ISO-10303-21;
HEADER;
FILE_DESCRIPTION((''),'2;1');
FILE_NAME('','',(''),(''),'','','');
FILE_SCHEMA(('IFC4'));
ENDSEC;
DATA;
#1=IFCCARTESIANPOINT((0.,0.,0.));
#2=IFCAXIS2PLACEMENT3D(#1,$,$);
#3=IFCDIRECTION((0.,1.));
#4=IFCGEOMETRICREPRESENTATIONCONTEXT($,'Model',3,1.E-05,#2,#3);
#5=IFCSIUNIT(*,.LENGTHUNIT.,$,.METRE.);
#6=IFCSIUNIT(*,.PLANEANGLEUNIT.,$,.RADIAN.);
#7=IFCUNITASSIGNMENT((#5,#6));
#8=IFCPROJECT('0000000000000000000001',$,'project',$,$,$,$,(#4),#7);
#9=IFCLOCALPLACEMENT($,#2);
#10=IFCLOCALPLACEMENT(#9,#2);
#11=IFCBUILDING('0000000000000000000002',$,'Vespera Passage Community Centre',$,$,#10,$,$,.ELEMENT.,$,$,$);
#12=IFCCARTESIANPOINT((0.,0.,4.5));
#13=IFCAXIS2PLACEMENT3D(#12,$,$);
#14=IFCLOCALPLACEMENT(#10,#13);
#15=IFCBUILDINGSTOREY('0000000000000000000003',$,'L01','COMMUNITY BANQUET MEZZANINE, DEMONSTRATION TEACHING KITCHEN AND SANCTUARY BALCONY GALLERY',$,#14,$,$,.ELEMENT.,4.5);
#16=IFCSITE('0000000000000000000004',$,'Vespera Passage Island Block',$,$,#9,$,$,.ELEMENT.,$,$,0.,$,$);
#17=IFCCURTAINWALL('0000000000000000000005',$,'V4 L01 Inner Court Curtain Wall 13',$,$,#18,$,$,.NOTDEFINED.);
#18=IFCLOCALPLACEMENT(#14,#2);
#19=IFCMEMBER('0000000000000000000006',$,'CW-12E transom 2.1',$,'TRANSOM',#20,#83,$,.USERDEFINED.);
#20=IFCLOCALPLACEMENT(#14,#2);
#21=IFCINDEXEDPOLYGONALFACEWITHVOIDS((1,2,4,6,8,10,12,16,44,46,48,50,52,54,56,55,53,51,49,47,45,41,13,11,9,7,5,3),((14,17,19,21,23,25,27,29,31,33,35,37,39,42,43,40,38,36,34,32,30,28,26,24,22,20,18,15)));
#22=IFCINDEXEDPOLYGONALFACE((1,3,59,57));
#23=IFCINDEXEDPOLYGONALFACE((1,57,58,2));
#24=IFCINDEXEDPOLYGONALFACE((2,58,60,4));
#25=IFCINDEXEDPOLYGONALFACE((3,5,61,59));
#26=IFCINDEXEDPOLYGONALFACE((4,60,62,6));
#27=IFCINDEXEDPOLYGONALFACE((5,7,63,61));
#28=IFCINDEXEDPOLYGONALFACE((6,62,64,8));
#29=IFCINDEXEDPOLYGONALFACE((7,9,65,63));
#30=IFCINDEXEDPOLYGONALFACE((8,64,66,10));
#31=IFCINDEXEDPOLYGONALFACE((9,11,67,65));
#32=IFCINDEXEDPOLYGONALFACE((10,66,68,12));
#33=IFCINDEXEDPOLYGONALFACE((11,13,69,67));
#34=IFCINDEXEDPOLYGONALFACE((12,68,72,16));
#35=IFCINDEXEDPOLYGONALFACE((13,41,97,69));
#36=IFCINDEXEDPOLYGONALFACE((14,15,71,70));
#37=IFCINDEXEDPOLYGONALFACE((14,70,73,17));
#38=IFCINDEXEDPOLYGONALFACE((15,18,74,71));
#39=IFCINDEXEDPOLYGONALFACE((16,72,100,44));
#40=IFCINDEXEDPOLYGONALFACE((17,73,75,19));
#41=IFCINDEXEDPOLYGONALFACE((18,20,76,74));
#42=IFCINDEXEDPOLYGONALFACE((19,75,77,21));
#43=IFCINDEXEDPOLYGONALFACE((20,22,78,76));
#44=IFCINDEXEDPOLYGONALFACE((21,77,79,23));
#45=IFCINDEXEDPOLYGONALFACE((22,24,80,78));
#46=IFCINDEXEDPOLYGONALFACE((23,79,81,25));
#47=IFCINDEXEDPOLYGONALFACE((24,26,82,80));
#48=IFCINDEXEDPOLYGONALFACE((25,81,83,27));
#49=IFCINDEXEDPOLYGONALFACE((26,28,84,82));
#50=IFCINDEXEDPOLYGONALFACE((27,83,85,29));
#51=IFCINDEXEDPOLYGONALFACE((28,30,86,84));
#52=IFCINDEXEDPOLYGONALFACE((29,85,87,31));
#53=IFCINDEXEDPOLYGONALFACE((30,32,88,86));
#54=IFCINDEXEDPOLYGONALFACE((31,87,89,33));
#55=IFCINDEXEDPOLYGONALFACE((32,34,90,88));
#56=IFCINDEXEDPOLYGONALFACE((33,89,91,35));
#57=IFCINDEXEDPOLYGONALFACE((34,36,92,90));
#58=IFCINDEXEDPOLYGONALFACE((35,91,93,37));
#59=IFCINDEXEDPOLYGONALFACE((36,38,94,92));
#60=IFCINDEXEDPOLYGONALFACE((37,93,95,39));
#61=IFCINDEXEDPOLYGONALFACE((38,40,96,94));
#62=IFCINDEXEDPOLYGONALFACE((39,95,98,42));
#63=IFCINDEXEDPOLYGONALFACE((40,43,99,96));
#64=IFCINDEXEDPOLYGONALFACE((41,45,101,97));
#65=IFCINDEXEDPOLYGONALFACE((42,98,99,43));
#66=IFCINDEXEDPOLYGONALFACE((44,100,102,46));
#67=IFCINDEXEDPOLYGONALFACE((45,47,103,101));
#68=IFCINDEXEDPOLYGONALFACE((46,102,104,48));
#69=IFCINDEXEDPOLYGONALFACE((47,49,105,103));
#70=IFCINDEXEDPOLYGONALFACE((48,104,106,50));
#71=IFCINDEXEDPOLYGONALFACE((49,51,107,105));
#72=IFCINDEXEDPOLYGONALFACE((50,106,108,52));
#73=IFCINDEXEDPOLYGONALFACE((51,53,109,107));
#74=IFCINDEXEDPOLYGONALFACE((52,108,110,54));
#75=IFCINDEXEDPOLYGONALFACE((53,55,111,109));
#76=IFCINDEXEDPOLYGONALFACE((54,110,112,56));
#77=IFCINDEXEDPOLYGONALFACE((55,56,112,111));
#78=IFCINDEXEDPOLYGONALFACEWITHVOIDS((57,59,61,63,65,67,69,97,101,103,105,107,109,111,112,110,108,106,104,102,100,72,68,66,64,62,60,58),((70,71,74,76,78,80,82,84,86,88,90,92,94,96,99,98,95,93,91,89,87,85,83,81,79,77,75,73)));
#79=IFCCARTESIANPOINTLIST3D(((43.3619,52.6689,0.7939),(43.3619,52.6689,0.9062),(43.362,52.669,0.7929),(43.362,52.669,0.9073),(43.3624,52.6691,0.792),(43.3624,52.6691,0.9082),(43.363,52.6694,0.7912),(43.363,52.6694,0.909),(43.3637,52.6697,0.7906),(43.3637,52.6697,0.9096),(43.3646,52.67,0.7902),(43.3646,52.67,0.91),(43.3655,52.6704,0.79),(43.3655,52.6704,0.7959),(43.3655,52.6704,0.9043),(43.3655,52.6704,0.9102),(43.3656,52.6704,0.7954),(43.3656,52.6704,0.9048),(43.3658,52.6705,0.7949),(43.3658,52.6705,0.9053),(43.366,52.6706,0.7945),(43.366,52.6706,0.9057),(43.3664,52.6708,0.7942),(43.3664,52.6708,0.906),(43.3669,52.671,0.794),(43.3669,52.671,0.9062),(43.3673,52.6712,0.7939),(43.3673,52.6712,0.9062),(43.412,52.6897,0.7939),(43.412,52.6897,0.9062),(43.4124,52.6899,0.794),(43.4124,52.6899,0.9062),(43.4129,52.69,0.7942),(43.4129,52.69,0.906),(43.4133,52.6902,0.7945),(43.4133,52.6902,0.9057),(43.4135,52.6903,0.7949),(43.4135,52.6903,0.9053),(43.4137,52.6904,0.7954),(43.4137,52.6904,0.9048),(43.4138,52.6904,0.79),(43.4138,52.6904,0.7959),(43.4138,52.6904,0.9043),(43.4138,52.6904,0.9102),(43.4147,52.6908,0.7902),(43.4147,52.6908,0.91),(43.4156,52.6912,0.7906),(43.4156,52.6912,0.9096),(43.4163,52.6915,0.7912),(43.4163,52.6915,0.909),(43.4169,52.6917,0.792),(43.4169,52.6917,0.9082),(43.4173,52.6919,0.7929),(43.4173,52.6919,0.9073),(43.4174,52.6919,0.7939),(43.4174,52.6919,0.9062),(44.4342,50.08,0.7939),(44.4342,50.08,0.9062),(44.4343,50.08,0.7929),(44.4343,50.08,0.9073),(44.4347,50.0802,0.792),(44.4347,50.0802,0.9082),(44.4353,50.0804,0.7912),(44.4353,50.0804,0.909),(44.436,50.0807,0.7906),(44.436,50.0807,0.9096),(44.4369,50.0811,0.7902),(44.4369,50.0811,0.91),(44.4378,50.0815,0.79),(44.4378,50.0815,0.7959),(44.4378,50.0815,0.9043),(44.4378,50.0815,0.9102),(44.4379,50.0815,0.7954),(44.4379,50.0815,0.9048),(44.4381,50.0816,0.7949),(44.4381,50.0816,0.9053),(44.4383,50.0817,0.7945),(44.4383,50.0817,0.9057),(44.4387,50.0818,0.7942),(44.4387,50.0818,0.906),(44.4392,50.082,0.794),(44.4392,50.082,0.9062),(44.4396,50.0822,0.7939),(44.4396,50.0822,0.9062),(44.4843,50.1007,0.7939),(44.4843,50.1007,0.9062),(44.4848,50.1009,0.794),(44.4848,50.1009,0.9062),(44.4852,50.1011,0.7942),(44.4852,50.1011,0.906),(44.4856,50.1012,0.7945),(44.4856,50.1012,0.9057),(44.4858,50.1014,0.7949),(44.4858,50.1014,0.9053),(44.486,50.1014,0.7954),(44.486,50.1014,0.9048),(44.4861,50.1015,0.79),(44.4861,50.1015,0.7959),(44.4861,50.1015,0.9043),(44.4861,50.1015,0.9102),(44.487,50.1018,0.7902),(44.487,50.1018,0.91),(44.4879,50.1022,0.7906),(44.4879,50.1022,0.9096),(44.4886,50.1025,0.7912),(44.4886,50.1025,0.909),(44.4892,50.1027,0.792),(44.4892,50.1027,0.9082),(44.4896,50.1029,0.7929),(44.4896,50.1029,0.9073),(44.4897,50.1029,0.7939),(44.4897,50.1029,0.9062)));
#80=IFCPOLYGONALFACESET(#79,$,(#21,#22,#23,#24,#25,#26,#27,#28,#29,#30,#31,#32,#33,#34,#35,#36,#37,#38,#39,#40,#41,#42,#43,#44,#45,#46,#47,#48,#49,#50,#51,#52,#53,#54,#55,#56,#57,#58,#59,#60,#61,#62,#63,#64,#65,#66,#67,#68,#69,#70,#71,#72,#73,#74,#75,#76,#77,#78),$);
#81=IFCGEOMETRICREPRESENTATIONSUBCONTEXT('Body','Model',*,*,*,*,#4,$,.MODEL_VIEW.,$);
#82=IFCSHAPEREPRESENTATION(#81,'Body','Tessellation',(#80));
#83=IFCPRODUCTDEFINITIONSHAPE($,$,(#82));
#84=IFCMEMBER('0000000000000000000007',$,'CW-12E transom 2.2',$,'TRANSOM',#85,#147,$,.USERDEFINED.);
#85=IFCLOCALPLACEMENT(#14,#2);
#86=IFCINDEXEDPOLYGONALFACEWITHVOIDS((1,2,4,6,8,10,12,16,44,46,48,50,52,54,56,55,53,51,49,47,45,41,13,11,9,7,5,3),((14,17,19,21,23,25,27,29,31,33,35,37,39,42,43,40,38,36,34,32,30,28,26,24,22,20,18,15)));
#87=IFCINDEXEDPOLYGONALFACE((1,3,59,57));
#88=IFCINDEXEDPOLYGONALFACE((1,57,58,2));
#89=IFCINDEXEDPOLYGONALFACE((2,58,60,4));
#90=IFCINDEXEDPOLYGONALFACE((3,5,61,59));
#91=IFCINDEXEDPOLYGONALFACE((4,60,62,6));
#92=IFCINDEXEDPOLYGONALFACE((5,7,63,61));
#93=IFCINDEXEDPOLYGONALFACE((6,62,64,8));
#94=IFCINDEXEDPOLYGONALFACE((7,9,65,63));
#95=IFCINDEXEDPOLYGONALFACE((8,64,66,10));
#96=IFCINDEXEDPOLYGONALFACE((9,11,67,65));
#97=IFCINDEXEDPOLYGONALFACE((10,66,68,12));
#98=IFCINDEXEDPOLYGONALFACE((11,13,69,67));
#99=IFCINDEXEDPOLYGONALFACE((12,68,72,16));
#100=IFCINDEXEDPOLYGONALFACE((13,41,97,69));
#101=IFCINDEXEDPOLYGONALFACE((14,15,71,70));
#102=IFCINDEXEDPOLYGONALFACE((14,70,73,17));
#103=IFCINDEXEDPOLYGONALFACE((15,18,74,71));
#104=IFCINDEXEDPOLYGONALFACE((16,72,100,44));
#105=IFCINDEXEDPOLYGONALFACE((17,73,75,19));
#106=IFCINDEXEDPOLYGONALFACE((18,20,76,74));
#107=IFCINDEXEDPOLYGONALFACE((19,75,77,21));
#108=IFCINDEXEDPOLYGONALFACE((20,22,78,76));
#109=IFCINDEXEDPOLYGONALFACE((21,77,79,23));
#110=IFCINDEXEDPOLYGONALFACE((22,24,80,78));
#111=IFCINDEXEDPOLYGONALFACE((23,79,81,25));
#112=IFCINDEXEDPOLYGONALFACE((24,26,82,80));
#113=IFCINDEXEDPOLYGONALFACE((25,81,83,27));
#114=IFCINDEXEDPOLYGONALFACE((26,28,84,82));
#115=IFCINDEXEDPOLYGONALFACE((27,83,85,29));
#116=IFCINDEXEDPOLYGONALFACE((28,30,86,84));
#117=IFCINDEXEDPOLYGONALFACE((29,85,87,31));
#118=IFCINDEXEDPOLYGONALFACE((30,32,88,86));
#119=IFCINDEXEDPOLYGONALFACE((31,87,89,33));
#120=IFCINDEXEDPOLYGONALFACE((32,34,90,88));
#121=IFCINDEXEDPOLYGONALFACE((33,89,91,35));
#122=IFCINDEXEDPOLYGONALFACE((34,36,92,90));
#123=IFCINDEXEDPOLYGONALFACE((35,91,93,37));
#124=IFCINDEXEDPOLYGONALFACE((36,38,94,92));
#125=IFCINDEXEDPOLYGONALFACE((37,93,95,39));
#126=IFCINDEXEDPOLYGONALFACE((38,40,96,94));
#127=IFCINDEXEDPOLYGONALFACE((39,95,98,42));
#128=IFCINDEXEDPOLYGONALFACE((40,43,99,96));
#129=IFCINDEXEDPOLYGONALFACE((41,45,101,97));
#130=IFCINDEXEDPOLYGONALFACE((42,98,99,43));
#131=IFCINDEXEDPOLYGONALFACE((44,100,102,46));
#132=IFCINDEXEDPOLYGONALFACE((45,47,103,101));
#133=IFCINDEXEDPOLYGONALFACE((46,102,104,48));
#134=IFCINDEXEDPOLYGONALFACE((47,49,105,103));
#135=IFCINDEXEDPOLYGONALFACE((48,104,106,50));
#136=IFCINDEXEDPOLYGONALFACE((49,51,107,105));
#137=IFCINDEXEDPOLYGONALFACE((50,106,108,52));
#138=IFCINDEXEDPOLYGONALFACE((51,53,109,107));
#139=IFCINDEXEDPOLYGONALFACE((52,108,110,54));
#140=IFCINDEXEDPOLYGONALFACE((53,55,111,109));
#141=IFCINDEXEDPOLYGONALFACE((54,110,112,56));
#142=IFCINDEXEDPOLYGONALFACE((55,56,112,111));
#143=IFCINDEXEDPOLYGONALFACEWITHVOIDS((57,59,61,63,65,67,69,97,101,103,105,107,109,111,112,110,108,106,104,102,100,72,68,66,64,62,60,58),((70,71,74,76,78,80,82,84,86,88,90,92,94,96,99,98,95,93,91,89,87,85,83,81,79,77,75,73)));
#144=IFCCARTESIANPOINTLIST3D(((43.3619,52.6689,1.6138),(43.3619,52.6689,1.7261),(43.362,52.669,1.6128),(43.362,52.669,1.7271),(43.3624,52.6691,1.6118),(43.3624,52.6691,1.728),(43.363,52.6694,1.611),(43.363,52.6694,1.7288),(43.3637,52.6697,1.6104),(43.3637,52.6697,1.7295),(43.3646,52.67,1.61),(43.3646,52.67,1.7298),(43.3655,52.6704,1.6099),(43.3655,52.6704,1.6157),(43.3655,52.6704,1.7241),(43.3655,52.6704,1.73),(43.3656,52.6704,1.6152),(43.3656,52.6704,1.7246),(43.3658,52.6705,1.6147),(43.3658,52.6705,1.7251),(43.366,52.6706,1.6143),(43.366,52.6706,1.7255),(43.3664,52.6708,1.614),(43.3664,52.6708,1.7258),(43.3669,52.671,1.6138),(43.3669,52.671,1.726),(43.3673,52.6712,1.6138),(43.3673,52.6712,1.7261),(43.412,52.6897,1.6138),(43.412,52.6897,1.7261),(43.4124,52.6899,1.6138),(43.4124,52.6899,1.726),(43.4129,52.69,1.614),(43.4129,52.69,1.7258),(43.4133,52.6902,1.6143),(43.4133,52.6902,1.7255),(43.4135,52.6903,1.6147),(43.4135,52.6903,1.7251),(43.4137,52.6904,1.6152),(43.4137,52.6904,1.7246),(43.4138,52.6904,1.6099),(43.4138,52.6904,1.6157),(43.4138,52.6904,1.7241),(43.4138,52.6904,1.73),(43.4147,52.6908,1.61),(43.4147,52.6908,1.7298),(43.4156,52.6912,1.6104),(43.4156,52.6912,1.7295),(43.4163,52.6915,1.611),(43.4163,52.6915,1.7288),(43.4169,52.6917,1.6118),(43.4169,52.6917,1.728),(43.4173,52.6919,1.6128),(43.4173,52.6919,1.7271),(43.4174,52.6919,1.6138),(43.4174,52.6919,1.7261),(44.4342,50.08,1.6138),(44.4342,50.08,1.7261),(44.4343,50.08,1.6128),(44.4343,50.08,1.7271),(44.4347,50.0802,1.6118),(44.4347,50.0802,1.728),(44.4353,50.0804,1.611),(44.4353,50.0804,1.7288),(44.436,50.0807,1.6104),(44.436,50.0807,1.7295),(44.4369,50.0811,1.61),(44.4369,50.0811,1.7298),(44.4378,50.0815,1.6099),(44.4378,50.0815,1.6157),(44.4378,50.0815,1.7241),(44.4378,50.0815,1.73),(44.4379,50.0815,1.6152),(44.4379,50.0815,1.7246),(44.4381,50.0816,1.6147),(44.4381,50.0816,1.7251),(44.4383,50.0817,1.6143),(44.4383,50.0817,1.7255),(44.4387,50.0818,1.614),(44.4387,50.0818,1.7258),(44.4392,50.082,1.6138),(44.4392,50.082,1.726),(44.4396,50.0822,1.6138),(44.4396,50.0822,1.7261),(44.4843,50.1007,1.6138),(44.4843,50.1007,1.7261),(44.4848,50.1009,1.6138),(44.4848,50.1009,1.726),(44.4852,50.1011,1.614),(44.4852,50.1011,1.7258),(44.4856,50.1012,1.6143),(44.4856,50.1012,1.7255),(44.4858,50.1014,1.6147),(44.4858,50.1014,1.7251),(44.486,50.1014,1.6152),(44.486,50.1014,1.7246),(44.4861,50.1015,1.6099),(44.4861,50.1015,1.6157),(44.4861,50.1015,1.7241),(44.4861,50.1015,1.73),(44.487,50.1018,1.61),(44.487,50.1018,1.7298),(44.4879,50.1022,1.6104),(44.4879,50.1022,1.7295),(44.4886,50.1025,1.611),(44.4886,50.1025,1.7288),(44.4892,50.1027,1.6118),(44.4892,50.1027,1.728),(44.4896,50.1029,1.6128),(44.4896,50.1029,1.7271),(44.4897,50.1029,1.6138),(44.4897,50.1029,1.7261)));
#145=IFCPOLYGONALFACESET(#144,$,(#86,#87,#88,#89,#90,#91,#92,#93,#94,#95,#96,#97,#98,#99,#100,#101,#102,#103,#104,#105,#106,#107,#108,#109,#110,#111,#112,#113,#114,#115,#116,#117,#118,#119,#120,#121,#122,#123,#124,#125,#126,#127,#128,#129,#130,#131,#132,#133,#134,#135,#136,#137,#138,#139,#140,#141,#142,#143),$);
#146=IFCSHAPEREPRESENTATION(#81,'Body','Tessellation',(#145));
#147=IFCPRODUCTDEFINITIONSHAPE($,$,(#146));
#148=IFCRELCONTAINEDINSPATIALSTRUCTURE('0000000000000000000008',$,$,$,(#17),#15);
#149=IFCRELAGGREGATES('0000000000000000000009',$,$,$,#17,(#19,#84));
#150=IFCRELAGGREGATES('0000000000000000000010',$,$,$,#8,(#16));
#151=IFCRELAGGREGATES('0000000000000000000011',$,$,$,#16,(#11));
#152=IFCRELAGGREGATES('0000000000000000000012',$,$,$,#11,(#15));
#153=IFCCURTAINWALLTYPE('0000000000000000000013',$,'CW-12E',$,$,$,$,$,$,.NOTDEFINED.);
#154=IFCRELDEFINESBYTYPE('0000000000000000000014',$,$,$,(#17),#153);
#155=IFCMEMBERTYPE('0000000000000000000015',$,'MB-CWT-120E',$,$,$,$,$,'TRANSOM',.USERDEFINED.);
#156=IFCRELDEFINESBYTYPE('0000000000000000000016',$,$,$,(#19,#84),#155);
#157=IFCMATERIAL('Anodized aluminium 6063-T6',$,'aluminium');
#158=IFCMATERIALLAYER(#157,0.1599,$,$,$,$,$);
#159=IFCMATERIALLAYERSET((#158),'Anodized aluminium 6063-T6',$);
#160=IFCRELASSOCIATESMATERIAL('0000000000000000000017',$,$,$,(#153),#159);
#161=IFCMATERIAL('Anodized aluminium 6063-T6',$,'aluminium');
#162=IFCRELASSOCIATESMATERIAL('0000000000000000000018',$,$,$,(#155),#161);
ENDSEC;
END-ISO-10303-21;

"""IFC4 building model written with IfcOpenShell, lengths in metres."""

from ifc_helpers import new_model, si_unit, direction, frame, origin, origin_2d, place, context, subcontext, project, spatial, hollow_rectangle, extrude, material, layer, layer_set, material_profile, profile_set, type_object, element, aggregate, save


model = new_model("IFC4")

# Units and contexts
model_context = context("Model", 3, precision=1e-05, world=origin(), true_north=direction((0.0, 1.0)))
body_context = subcontext(model_context, "Body", "Model", "MODEL_VIEW")
ifc_project = project(units=[si_unit("LENGTHUNIT", "METRE"), si_unit("PLANEANGLEUNIT", "RADIAN")], contexts=[model_context])

# Site, building, storey
site_placement = place(None, origin())
site = spatial("IfcSite", under=ifc_project, at=site_placement, Name="Vespera Passage Island Block", CompositionType="ELEMENT", RefElevation=0.0)
building_placement = place(site_placement, origin())
building = spatial("IfcBuilding", under=site, at=building_placement, Name="Vespera Passage Community Centre", CompositionType="ELEMENT")
storey_placement = place(building_placement, frame((0.0, 0.0, 4.5)))
storey = spatial("IfcBuildingStorey", under=building, at=storey_placement, Name="L01", Description="COMMUNITY BANQUET MEZZANINE, DEMONSTRATION TEACHING KITCHEN AND SANCTUARY BALCONY GALLERY", CompositionType="ELEMENT", Elevation=4.5)

# Curtain wall
ifc_material_1 = material(Name="Anodized aluminium 6063-T6", Category="aluminium")
ifc_layer_1 = layer(ifc_material_1, 0.1599)
ifc_layer_set_1 = layer_set([ifc_layer_1], Name="Anodized aluminium 6063-T6")
curtain_wall_type_1 = type_object("IfcCurtainWallType", Name="CW-12E", PredefinedType="NOTDEFINED", material=ifc_layer_set_1)
curtain_wall_1_placement = place(storey_placement, origin())
curtain_wall_1 = element("IfcCurtainWall", 1, at=curtain_wall_1_placement, inside=storey, type_object=curtain_wall_type_1, Name="V4 L01 Inner Court Curtain Wall 13", PredefinedType="NOTDEFINED")

# Members
ifc_material_2 = material(Name="Anodized aluminium 6063-T6", Category="aluminium")
ifc_material_profile_1 = material_profile(ifc_material_2, hollow_rectangle(XDim=0.0601, YDim=0.1201, WallThickness=0.0039, InnerFilletRadius=0.002, OuterFilletRadius=0.0039, at=origin_2d()), Name="ALU120X60X4")
ifc_profile_set_1 = profile_set([ifc_material_profile_1], Name="Anodized aluminium 6063-T6")
member_type_1 = type_object("IfcMemberType", Name="MB-CWT-120E", ElementType="TRANSOM", PredefinedType="USERDEFINED", material=ifc_profile_set_1)
member_1_placement = place(storey_placement, frame((43.3896, 52.6804, 0.8501), z_axis=(0.38266, -0.923889, 0.0), x_axis=(0.923889, 0.38266, 0.0)))
member_1 = element("IfcMember", 2, at=member_1_placement, type_object=member_type_1, Name="CW-12E transom 2.1", ObjectType="TRANSOM", PredefinedType="USERDEFINED", context=body_context, shape_type="SweptSolid", body=[
    extrude(hollow_rectangle(XDim=0.0601, YDim=0.1201, WallThickness=0.0039, InnerFilletRadius=0.002, OuterFilletRadius=0.0039, at=origin_2d()), origin(), (0.0, 0.0, 1.0), 2.8022),
])
member_2_placement = place(storey_placement, frame((43.3896, 52.6804, 1.6699), z_axis=(0.38266, -0.923889, 0.0), x_axis=(0.923889, 0.38266, 0.0)))
member_2 = element("IfcMember", 3, at=member_2_placement, type_object=member_type_1, Name="CW-12E transom 2.2", ObjectType="TRANSOM", PredefinedType="USERDEFINED", context=body_context, shape_type="SweptSolid", body=[
    extrude(hollow_rectangle(XDim=0.0601, YDim=0.1201, WallThickness=0.0039, InnerFilletRadius=0.002, OuterFilletRadius=0.0039, at=origin_2d()), origin(), (0.0, 0.0, 1.0), 2.8022),
])

aggregate(curtain_wall_1, [member_1, member_2])

save(model, "model.ifc")
